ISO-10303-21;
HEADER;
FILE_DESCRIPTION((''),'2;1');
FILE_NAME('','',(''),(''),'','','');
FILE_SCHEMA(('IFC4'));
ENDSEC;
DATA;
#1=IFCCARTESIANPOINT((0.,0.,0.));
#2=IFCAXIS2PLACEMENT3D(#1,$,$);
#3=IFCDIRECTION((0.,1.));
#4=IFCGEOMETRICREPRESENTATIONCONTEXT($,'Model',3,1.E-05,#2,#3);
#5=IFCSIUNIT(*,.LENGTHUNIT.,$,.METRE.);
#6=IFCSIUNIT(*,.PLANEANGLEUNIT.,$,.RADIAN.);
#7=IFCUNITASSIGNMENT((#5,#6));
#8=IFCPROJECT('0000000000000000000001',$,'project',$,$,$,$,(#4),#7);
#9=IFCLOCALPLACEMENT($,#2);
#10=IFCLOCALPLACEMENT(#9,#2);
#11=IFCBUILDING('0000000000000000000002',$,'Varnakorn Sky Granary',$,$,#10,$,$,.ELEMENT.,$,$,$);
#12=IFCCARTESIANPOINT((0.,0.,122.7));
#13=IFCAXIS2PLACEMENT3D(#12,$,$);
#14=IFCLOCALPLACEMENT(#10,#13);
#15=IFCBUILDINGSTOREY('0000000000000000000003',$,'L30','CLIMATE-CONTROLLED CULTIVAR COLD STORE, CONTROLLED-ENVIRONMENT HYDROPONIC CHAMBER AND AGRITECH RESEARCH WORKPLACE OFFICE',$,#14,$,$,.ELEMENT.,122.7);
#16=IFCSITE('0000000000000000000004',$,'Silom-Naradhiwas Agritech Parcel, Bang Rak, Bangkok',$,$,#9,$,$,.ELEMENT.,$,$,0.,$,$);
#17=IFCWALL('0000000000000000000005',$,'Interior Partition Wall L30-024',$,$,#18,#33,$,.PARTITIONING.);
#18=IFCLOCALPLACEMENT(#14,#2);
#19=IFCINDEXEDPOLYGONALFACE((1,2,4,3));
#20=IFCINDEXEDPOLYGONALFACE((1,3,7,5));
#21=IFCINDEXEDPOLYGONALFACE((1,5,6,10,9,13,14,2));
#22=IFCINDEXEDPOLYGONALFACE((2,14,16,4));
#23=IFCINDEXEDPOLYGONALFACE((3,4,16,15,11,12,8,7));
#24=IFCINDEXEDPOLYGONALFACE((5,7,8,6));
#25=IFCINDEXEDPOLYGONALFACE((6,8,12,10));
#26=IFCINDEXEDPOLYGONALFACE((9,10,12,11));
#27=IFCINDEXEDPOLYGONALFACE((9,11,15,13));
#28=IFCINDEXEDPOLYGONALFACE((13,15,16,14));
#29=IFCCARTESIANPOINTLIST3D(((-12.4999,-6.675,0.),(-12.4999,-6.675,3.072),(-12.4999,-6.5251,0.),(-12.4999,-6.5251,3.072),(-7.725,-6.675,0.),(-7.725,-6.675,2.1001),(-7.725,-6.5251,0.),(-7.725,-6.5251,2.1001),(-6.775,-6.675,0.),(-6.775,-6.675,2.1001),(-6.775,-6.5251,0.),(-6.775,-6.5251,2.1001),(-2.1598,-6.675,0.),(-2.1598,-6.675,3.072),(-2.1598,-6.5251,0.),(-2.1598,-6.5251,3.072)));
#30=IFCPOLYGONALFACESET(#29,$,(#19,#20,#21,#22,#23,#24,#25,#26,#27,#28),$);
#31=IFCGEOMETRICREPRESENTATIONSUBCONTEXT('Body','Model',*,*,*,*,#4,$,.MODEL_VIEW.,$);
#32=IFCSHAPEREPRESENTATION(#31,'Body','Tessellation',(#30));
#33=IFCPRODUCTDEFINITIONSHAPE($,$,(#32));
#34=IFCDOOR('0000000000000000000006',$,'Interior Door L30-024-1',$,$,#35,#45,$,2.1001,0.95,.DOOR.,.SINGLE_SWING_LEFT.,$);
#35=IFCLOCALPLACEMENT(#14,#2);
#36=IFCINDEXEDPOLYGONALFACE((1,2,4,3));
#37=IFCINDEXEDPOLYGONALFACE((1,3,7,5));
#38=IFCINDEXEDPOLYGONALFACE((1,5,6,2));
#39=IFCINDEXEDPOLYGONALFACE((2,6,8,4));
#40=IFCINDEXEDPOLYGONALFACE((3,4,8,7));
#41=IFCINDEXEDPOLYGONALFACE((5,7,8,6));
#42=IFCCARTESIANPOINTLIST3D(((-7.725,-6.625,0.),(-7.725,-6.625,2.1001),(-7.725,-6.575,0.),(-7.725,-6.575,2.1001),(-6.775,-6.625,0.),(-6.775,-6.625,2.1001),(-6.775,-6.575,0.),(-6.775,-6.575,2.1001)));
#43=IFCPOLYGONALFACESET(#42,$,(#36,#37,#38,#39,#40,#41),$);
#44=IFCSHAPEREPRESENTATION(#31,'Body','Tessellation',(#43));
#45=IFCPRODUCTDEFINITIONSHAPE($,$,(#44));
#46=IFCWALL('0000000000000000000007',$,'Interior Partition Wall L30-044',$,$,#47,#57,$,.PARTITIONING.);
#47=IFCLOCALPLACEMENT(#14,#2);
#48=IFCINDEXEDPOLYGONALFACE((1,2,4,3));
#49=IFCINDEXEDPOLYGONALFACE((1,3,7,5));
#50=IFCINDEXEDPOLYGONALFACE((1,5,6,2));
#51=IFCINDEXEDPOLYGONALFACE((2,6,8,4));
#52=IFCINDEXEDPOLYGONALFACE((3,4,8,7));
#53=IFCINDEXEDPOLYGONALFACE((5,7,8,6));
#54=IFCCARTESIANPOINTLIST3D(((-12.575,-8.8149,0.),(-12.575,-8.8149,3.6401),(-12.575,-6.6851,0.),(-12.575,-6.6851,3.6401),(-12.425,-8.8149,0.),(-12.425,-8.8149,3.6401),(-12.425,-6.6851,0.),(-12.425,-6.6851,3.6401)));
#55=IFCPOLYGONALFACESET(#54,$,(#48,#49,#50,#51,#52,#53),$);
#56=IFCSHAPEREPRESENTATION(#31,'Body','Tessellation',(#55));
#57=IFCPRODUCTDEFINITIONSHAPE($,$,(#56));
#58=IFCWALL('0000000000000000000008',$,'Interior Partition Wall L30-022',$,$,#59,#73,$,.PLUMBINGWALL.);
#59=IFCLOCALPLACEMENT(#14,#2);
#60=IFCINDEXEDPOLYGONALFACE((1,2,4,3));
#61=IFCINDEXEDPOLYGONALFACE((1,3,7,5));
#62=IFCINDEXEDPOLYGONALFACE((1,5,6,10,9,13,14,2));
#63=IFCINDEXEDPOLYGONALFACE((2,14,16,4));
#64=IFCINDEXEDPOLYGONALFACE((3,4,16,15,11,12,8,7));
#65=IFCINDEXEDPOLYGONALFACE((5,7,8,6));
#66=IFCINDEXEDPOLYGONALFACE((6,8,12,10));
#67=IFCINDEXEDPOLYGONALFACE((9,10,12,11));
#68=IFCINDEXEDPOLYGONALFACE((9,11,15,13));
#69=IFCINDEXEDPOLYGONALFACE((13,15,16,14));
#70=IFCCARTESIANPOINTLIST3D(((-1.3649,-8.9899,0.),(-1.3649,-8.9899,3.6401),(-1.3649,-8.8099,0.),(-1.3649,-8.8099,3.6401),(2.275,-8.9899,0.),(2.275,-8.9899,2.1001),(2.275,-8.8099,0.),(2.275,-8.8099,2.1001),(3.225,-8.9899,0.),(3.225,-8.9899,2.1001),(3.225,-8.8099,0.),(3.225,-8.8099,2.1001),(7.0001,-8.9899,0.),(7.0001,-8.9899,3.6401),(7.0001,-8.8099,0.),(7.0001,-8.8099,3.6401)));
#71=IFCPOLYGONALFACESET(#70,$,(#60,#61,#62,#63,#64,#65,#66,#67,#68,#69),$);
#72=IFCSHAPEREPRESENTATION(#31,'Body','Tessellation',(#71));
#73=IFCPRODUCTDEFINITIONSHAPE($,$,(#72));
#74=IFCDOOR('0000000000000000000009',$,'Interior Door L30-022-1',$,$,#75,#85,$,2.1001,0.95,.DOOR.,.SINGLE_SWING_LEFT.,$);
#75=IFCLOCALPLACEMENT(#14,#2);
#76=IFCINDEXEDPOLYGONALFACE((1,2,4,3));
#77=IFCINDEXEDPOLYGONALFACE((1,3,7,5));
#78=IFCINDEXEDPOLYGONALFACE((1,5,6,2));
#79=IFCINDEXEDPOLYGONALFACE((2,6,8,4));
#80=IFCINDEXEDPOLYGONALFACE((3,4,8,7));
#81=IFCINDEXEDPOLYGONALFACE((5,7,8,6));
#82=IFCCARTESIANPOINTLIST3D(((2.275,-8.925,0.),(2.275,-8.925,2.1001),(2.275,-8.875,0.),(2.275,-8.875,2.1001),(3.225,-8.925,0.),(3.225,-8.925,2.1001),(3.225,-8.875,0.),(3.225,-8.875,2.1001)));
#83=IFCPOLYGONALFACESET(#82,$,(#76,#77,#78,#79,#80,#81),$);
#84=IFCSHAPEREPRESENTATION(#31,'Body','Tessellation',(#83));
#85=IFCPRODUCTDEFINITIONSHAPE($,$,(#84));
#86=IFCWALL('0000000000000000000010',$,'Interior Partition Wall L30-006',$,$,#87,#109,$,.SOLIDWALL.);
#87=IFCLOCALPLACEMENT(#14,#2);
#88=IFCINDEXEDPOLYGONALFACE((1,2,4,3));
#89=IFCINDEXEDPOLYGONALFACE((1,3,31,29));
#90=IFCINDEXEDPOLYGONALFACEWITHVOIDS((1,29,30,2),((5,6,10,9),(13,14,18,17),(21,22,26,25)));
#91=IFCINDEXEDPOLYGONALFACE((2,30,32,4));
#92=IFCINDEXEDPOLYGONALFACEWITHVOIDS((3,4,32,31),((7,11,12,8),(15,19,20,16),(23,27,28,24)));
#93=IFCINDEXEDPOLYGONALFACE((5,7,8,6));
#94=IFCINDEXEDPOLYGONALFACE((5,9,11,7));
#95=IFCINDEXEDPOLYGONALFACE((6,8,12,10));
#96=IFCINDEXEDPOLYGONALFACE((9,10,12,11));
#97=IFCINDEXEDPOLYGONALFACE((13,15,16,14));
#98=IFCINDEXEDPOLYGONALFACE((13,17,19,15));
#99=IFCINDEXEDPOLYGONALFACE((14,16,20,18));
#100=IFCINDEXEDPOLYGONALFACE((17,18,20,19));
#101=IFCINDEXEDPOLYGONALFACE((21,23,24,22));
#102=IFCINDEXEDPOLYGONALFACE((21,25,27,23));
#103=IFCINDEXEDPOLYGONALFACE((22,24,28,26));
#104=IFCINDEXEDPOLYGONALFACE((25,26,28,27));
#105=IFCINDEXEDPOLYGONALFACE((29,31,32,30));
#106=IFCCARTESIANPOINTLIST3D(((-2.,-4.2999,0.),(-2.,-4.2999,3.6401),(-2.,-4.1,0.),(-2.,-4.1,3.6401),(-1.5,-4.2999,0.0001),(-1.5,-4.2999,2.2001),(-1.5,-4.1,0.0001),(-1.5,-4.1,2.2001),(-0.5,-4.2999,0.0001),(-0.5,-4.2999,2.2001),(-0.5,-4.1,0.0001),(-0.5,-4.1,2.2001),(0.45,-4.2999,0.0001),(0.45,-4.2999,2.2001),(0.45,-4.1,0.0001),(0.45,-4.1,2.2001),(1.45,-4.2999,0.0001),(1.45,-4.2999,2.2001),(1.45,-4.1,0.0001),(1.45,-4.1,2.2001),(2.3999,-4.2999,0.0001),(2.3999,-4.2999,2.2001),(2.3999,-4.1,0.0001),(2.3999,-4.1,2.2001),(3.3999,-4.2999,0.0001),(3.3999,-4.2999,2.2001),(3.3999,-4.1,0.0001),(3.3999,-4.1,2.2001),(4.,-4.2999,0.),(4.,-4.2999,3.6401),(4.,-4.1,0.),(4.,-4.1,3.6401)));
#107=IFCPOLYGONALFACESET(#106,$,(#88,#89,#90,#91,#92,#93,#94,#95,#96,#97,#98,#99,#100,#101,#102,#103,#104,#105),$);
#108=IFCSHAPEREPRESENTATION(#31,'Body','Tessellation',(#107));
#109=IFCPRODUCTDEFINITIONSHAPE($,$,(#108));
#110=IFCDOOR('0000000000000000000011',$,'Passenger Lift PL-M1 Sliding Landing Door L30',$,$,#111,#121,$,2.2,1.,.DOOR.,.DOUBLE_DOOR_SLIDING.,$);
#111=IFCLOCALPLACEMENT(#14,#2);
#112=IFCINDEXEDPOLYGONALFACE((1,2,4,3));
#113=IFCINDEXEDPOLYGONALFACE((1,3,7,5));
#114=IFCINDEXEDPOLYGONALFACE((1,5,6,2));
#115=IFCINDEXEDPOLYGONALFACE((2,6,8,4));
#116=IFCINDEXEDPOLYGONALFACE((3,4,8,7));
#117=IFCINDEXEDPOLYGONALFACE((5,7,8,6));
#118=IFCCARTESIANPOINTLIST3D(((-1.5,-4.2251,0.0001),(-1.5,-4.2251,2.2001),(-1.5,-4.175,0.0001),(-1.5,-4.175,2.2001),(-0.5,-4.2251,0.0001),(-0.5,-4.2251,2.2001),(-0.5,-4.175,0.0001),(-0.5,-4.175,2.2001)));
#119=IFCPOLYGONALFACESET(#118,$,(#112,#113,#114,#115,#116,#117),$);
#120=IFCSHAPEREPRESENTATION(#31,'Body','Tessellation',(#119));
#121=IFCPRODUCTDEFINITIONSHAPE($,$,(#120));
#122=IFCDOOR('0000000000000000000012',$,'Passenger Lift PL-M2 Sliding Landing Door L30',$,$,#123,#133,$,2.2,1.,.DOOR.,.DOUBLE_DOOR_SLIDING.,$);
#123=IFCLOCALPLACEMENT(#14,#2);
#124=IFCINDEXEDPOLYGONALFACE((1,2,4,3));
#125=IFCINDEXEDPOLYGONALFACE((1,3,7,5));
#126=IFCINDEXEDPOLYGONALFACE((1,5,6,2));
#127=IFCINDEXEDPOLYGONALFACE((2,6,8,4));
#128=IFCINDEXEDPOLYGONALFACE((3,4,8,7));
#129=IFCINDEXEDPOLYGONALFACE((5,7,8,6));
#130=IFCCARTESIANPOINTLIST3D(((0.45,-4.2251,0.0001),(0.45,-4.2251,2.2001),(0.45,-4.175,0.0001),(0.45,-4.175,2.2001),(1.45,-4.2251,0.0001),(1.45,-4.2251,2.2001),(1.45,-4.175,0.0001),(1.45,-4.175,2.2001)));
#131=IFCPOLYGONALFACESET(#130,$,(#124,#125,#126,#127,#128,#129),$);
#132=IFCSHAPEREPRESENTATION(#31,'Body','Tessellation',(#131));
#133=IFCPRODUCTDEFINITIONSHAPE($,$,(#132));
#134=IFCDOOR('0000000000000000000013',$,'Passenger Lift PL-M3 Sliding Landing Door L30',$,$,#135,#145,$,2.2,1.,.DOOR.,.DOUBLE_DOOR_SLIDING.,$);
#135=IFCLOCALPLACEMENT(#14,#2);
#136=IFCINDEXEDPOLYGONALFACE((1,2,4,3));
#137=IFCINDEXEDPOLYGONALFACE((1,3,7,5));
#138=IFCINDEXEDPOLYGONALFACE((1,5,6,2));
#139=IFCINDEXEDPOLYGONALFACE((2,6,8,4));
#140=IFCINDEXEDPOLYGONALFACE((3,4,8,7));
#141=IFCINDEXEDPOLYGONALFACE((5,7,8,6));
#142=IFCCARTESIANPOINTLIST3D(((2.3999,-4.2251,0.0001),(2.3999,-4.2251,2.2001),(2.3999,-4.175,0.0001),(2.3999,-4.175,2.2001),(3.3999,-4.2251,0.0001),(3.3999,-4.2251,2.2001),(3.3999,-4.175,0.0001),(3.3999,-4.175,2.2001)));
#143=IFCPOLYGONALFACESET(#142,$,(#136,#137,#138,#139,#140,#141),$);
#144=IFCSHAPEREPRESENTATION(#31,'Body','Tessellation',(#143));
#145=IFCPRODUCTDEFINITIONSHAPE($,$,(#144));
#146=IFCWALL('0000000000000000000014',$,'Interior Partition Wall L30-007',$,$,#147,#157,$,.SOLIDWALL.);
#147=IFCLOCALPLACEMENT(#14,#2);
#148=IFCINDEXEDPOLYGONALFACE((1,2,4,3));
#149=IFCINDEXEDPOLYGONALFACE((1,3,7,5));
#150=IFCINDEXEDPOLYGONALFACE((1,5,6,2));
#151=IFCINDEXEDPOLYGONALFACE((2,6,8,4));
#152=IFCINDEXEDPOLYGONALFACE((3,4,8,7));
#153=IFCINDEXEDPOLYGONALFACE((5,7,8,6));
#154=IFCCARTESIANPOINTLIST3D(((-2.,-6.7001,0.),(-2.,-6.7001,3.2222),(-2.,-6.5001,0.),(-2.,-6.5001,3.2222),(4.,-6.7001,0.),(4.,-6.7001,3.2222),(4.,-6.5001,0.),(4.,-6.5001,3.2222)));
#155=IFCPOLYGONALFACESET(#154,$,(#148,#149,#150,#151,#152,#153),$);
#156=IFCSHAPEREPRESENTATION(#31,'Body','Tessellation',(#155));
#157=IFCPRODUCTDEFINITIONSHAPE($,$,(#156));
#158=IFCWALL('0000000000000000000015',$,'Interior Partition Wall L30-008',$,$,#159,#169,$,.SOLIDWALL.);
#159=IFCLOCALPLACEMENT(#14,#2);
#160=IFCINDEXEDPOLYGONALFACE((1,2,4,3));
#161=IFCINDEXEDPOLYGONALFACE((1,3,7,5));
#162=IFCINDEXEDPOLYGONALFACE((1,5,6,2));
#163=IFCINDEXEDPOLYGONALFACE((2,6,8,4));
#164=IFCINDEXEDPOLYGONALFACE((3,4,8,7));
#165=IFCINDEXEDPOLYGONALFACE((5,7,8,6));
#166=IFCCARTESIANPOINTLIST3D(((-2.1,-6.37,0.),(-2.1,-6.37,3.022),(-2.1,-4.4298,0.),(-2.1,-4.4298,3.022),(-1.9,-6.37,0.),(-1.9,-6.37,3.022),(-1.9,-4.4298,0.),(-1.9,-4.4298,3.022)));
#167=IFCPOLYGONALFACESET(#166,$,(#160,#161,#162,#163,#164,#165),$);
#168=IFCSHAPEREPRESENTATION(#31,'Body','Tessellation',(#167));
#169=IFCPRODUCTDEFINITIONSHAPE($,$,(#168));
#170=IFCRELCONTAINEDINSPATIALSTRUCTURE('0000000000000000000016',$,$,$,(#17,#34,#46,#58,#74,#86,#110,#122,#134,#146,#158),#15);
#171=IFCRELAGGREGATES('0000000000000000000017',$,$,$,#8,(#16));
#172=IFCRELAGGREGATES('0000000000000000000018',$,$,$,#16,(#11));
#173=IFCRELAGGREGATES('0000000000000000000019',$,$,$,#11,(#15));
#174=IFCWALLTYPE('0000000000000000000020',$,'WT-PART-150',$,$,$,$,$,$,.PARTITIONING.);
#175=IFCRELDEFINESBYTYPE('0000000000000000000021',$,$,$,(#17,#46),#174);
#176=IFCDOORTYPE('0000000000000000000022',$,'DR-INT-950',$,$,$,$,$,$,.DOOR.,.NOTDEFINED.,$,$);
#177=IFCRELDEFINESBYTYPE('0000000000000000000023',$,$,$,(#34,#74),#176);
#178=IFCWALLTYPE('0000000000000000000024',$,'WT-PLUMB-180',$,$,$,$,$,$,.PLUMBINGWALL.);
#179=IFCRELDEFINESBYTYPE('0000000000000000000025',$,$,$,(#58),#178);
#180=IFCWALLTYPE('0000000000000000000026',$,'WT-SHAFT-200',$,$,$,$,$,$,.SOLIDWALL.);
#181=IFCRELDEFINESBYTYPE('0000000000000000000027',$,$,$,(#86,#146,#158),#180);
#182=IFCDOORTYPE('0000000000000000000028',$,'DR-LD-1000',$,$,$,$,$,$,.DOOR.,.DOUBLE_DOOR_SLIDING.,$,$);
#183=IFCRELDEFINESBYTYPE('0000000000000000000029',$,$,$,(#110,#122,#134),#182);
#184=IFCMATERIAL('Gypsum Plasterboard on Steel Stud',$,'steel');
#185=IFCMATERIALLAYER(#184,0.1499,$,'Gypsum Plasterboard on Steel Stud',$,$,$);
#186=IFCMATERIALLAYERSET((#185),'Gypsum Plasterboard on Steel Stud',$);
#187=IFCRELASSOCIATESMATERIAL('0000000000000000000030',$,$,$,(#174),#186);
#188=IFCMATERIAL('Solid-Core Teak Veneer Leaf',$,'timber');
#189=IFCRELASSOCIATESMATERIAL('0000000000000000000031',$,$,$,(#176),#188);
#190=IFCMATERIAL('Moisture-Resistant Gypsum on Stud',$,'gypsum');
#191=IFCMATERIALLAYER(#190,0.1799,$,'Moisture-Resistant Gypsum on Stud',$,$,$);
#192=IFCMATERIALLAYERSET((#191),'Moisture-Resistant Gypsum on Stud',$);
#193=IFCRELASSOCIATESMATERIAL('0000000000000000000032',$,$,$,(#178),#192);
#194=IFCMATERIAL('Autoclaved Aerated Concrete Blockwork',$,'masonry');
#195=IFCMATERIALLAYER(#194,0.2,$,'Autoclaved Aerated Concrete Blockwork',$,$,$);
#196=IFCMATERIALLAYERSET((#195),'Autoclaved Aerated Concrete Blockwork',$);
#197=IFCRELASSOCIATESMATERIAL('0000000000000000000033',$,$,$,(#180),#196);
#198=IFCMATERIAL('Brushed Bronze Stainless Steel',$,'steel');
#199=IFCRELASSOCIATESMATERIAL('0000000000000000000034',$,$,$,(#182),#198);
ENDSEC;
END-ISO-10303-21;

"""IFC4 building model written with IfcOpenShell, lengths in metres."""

from ifc_helpers import new_model, si_unit, direction, frame, frame_2d, origin, place, context, subcontext, project, spatial, rectangle, extrude, material, layer, layer_set, type_object, element, fill, save


model = new_model("IFC4")

# Units and contexts
model_context = context("Model", 3, precision=1e-05, world=origin(), true_north=direction((0.0, 1.0)))
body_context = subcontext(model_context, "Body", "Model", "MODEL_VIEW")
ifc_project = project(units=[si_unit("LENGTHUNIT", "METRE"), si_unit("PLANEANGLEUNIT", "RADIAN")], contexts=[model_context])

# Site, building, storey
site_placement = place(None, origin())
site = spatial("IfcSite", under=ifc_project, at=site_placement, Name="Silom-Naradhiwas Agritech Parcel, Bang Rak, Bangkok", CompositionType="ELEMENT", RefElevation=0.0)
building_placement = place(site_placement, origin())
building = spatial("IfcBuilding", under=site, at=building_placement, Name="Varnakorn Sky Granary", CompositionType="ELEMENT")
storey_placement = place(building_placement, frame((0.0, 0.0, 122.7)))
storey = spatial("IfcBuildingStorey", under=building, at=storey_placement, Name="L30", Description="CLIMATE-CONTROLLED CULTIVAR COLD STORE, CONTROLLED-ENVIRONMENT HYDROPONIC CHAMBER AND AGRITECH RESEARCH WORKPLACE OFFICE", CompositionType="ELEMENT", Elevation=122.7)

# Shared definitions
ifc_material_1 = material(Name="Autoclaved Aerated Concrete Blockwork", Category="masonry")

# Wall, opening, door
ifc_material_2 = material(Name="Gypsum Plasterboard on Steel Stud", Category="steel")
ifc_layer_1 = layer(ifc_material_2, 0.1499, Name="Gypsum Plasterboard on Steel Stud")
ifc_layer_set_1 = layer_set([ifc_layer_1], Name="Gypsum Plasterboard on Steel Stud")
wall_type_1 = type_object("IfcWallType", Name="WT-PART-150", PredefinedType="PARTITIONING", material=ifc_layer_set_1)
wall_1_placement = place(storey_placement, frame((-2.1599, -6.6001, 0.0), z_axis=(0.0, 0.0, 1.0), x_axis=(-1.0, 0.0, 0.0)))
wall_1 = element("IfcWall", 1, at=wall_1_placement, inside=storey, type_object=wall_type_1, Name="Interior Partition Wall L30-024", PredefinedType="PARTITIONING", context=body_context, shape_type="SweptSolid", body=[
    extrude(rectangle(XDim=10.3401, YDim=0.1499, at=frame_2d((5.1699, 0.0))), origin(), (0.0, 0.0, 1.0), 3.072),
])
opening_1_placement = place(wall_1_placement, frame((4.615, 0.0, 0.0)))
opening_1 = element("IfcOpeningElement", 2, at=opening_1_placement, cuts=wall_1, PredefinedType="OPENING", context=body_context, shape_type="SweptSolid", body=[
    extrude(rectangle(XDim=0.95, YDim=2.1001, at=frame_2d((0.4751, 1.05))), frame((0.0, 0.085, 0.0), z_axis=(0.0, -1.0, 0.0), x_axis=(1.0, 0.0, 0.0)), (0.0, 0.0, 1.0), 0.1699),
])
ifc_material_3 = material(Name="Solid-Core Teak Veneer Leaf", Category="timber")
door_type_1 = type_object("IfcDoorType", Name="DR-INT-950", OperationType="NOTDEFINED", PredefinedType="DOOR", material=ifc_material_3)
door_1_placement = place(opening_1_placement, origin())
door_1 = element("IfcDoor", 3, at=door_1_placement, inside=storey, type_object=door_type_1, Name="Interior Door L30-024-1", OperationType="SINGLE_SWING_LEFT", OverallHeight=2.1001, OverallWidth=0.95, PredefinedType="DOOR", context=body_context, shape_type="SweptSolid", body=[
    extrude(rectangle(XDim=0.95, YDim=2.1001, at=frame_2d((0.4751, 1.05))), frame((0.0, 0.0249, 0.0), z_axis=(0.0, -1.0, 0.0), x_axis=(1.0, 0.0, 0.0)), (0.0, 0.0, 1.0), 0.05),
])
fill(opening_1, door_1)

# Wall
wall_2_placement = place(storey_placement, frame((-12.5, -6.6851, 0.0), z_axis=(0.0, 0.0, 1.0), x_axis=(0.0, -1.0, 0.0)))
element("IfcWall", 4, at=wall_2_placement, inside=storey, type_object=wall_type_1, Name="Interior Partition Wall L30-044", PredefinedType="PARTITIONING", context=body_context, shape_type="SweptSolid", body=[
    extrude(rectangle(XDim=2.1299, YDim=0.1499, at=frame_2d((1.0649, 0.0))), origin(), (0.0, 0.0, 1.0), 3.6401),
])

# Wall, opening, door
ifc_material_4 = material(Name="Moisture-Resistant Gypsum on Stud", Category="gypsum")
ifc_layer_2 = layer(ifc_material_4, 0.1799, Name="Moisture-Resistant Gypsum on Stud")
ifc_layer_set_2 = layer_set([ifc_layer_2], Name="Moisture-Resistant Gypsum on Stud")
wall_type_2 = type_object("IfcWallType", Name="WT-PLUMB-180", PredefinedType="PLUMBINGWALL", material=ifc_layer_set_2)
wall_3_placement = place(storey_placement, frame((-1.365, -8.8999, 0.0), z_axis=(0.0, 0.0, 1.0), x_axis=(1.0, 0.0, 0.0)))
wall_3 = element("IfcWall", 5, at=wall_3_placement, inside=storey, type_object=wall_type_2, Name="Interior Partition Wall L30-022", PredefinedType="PLUMBINGWALL", context=body_context, shape_type="SweptSolid", body=[
    extrude(rectangle(XDim=8.365, YDim=0.1799, at=frame_2d((4.1826, 0.0))), origin(), (0.0, 0.0, 1.0), 3.6401),
])
opening_2_placement = place(wall_3_placement, frame((3.6399, 0.0, 0.0)))
opening_2 = element("IfcOpeningElement", 6, at=opening_2_placement, cuts=wall_3, PredefinedType="OPENING", context=body_context, shape_type="SweptSolid", body=[
    extrude(rectangle(XDim=0.95, YDim=2.1001, at=frame_2d((0.4751, 1.05))), frame((0.0, 0.1001, 0.0), z_axis=(0.0, -1.0, 0.0), x_axis=(1.0, 0.0, 0.0)), (0.0, 0.0, 1.0), 0.2),
])
door_2_placement = place(opening_2_placement, origin())
door_2 = element("IfcDoor", 7, at=door_2_placement, inside=storey, type_object=door_type_1, Name="Interior Door L30-022-1", OperationType="SINGLE_SWING_LEFT", OverallHeight=2.1001, OverallWidth=0.95, PredefinedType="DOOR", context=body_context, shape_type="SweptSolid", body=[
    extrude(rectangle(XDim=0.95, YDim=2.1001, at=frame_2d((0.4751, 1.05))), frame((0.0, 0.0249, 0.0), z_axis=(0.0, -1.0, 0.0), x_axis=(1.0, 0.0, 0.0)), (0.0, 0.0, 1.0), 0.05),
])
fill(opening_2, door_2)

# Wall, openings, doors
ifc_layer_3 = layer(ifc_material_1, 0.2, Name="Autoclaved Aerated Concrete Blockwork")
ifc_layer_set_3 = layer_set([ifc_layer_3], Name="Autoclaved Aerated Concrete Blockwork")
wall_type_3 = type_object("IfcWallType", Name="WT-SHAFT-200", PredefinedType="SOLIDWALL", material=ifc_layer_set_3)
wall_4_placement = place(storey_placement, frame((-2.0, -4.2, 0.0), z_axis=(0.0, 0.0, 1.0), x_axis=(1.0, 0.0, 0.0)))
wall_4 = element("IfcWall", 8, at=wall_4_placement, inside=storey, type_object=wall_type_3, Name="Interior Partition Wall L30-006", PredefinedType="SOLIDWALL", context=body_context, shape_type="SweptSolid", body=[
    extrude(rectangle(XDim=6.0, YDim=0.2, at=frame_2d((3.0, 0.0))), origin(), (0.0, 0.0, 1.0), 3.6401),
])
opening_3_placement = place(wall_4_placement, frame((0.5, 0.0, 0.0)))
opening_3 = element("IfcOpeningElement", 9, at=opening_3_placement, cuts=wall_4, PredefinedType="OPENING", context=body_context, shape_type="SweptSolid", body=[
    extrude(rectangle(XDim=1.0, YDim=2.2, at=frame_2d((0.5, 1.1001))), frame((0.0, 0.1099, 0.0), z_axis=(0.0, -1.0, 0.0), x_axis=(1.0, 0.0, 0.0)), (0.0, 0.0, 1.0), 0.22),
])
opening_4_placement = place(wall_4_placement, frame((2.45, 0.0, 0.0)))
opening_4 = element("IfcOpeningElement", 10, at=opening_4_placement, cuts=wall_4, PredefinedType="OPENING", context=body_context, shape_type="SweptSolid", body=[
    extrude(rectangle(XDim=1.0, YDim=2.2, at=frame_2d((0.5, 1.1001))), frame((0.0, 0.1099, 0.0), z_axis=(0.0, -1.0, 0.0), x_axis=(1.0, 0.0, 0.0)), (0.0, 0.0, 1.0), 0.22),
])
opening_5_placement = place(wall_4_placement, frame((4.3999, 0.0, 0.0)))
opening_5 = element("IfcOpeningElement", 11, at=opening_5_placement, cuts=wall_4, PredefinedType="OPENING", context=body_context, shape_type="SweptSolid", body=[
    extrude(rectangle(XDim=1.0, YDim=2.2, at=frame_2d((0.5, 1.1001))), frame((0.0, 0.1099, 0.0), z_axis=(0.0, -1.0, 0.0), x_axis=(1.0, 0.0, 0.0)), (0.0, 0.0, 1.0), 0.22),
])
ifc_material_5 = material(Name="Brushed Bronze Stainless Steel", Category="steel")
door_type_2 = type_object("IfcDoorType", Name="DR-LD-1000", OperationType="DOUBLE_DOOR_SLIDING", PredefinedType="DOOR", material=ifc_material_5)
door_3_placement = place(opening_3_placement, origin())
door_3 = element("IfcDoor", 12, at=door_3_placement, inside=storey, type_object=door_type_2, Name="Passenger Lift PL-M1 Sliding Landing Door L30", OperationType="DOUBLE_DOOR_SLIDING", OverallHeight=2.2, OverallWidth=1.0, PredefinedType="DOOR", context=body_context, shape_type="SweptSolid", body=[
    extrude(rectangle(XDim=1.0, YDim=2.2, at=frame_2d((0.5, 1.1001))), frame((0.0, 0.0249, 0.0), z_axis=(0.0, -1.0, 0.0), x_axis=(1.0, 0.0, 0.0)), (0.0, 0.0, 1.0), 0.05),
])
fill(opening_3, door_3)
door_4_placement = place(opening_4_placement, origin())
door_4 = element("IfcDoor", 13, at=door_4_placement, inside=storey, type_object=door_type_2, Name="Passenger Lift PL-M2 Sliding Landing Door L30", OperationType="DOUBLE_DOOR_SLIDING", OverallHeight=2.2, OverallWidth=1.0, PredefinedType="DOOR", context=body_context, shape_type="SweptSolid", body=[
    extrude(rectangle(XDim=1.0, YDim=2.2, at=frame_2d((0.5, 1.1001))), frame((0.0, 0.0249, 0.0), z_axis=(0.0, -1.0, 0.0), x_axis=(1.0, 0.0, 0.0)), (0.0, 0.0, 1.0), 0.05),
])
fill(opening_4, door_4)
door_5_placement = place(opening_5_placement, origin())
door_5 = element("IfcDoor", 14, at=door_5_placement, inside=storey, type_object=door_type_2, Name="Passenger Lift PL-M3 Sliding Landing Door L30", OperationType="DOUBLE_DOOR_SLIDING", OverallHeight=2.2, OverallWidth=1.0, PredefinedType="DOOR", context=body_context, shape_type="SweptSolid", body=[
    extrude(rectangle(XDim=1.0, YDim=2.2, at=frame_2d((0.5, 1.1001))), frame((0.0, 0.0249, 0.0), z_axis=(0.0, -1.0, 0.0), x_axis=(1.0, 0.0, 0.0)), (0.0, 0.0, 1.0), 0.05),
])
fill(opening_5, door_5)

# Walls
wall_5_placement = place(storey_placement, frame((-2.0, -6.6001, 0.0), z_axis=(0.0, 0.0, 1.0), x_axis=(1.0, 0.0, 0.0)))
element("IfcWall", 15, at=wall_5_placement, inside=storey, type_object=wall_type_3, Name="Interior Partition Wall L30-007", PredefinedType="SOLIDWALL", context=body_context, shape_type="SweptSolid", body=[
    extrude(rectangle(XDim=6.0, YDim=0.2, at=frame_2d((3.0, 0.0))), origin(), (0.0, 0.0, 1.0), 3.2222),
])
wall_6_placement = place(storey_placement, frame((-2.0, -6.3701, 0.0), z_axis=(0.0, 0.0, 1.0), x_axis=(0.0, 1.0, 0.0)))
element("IfcWall", 16, at=wall_6_placement, inside=storey, type_object=wall_type_3, Name="Interior Partition Wall L30-008", PredefinedType="SOLIDWALL", context=body_context, shape_type="SweptSolid", body=[
    extrude(rectangle(XDim=1.9402, YDim=0.2, at=frame_2d((0.9702, 0.0))), origin(), (0.0, 0.0, 1.0), 3.022),
])

save(model, "model.ifc")
